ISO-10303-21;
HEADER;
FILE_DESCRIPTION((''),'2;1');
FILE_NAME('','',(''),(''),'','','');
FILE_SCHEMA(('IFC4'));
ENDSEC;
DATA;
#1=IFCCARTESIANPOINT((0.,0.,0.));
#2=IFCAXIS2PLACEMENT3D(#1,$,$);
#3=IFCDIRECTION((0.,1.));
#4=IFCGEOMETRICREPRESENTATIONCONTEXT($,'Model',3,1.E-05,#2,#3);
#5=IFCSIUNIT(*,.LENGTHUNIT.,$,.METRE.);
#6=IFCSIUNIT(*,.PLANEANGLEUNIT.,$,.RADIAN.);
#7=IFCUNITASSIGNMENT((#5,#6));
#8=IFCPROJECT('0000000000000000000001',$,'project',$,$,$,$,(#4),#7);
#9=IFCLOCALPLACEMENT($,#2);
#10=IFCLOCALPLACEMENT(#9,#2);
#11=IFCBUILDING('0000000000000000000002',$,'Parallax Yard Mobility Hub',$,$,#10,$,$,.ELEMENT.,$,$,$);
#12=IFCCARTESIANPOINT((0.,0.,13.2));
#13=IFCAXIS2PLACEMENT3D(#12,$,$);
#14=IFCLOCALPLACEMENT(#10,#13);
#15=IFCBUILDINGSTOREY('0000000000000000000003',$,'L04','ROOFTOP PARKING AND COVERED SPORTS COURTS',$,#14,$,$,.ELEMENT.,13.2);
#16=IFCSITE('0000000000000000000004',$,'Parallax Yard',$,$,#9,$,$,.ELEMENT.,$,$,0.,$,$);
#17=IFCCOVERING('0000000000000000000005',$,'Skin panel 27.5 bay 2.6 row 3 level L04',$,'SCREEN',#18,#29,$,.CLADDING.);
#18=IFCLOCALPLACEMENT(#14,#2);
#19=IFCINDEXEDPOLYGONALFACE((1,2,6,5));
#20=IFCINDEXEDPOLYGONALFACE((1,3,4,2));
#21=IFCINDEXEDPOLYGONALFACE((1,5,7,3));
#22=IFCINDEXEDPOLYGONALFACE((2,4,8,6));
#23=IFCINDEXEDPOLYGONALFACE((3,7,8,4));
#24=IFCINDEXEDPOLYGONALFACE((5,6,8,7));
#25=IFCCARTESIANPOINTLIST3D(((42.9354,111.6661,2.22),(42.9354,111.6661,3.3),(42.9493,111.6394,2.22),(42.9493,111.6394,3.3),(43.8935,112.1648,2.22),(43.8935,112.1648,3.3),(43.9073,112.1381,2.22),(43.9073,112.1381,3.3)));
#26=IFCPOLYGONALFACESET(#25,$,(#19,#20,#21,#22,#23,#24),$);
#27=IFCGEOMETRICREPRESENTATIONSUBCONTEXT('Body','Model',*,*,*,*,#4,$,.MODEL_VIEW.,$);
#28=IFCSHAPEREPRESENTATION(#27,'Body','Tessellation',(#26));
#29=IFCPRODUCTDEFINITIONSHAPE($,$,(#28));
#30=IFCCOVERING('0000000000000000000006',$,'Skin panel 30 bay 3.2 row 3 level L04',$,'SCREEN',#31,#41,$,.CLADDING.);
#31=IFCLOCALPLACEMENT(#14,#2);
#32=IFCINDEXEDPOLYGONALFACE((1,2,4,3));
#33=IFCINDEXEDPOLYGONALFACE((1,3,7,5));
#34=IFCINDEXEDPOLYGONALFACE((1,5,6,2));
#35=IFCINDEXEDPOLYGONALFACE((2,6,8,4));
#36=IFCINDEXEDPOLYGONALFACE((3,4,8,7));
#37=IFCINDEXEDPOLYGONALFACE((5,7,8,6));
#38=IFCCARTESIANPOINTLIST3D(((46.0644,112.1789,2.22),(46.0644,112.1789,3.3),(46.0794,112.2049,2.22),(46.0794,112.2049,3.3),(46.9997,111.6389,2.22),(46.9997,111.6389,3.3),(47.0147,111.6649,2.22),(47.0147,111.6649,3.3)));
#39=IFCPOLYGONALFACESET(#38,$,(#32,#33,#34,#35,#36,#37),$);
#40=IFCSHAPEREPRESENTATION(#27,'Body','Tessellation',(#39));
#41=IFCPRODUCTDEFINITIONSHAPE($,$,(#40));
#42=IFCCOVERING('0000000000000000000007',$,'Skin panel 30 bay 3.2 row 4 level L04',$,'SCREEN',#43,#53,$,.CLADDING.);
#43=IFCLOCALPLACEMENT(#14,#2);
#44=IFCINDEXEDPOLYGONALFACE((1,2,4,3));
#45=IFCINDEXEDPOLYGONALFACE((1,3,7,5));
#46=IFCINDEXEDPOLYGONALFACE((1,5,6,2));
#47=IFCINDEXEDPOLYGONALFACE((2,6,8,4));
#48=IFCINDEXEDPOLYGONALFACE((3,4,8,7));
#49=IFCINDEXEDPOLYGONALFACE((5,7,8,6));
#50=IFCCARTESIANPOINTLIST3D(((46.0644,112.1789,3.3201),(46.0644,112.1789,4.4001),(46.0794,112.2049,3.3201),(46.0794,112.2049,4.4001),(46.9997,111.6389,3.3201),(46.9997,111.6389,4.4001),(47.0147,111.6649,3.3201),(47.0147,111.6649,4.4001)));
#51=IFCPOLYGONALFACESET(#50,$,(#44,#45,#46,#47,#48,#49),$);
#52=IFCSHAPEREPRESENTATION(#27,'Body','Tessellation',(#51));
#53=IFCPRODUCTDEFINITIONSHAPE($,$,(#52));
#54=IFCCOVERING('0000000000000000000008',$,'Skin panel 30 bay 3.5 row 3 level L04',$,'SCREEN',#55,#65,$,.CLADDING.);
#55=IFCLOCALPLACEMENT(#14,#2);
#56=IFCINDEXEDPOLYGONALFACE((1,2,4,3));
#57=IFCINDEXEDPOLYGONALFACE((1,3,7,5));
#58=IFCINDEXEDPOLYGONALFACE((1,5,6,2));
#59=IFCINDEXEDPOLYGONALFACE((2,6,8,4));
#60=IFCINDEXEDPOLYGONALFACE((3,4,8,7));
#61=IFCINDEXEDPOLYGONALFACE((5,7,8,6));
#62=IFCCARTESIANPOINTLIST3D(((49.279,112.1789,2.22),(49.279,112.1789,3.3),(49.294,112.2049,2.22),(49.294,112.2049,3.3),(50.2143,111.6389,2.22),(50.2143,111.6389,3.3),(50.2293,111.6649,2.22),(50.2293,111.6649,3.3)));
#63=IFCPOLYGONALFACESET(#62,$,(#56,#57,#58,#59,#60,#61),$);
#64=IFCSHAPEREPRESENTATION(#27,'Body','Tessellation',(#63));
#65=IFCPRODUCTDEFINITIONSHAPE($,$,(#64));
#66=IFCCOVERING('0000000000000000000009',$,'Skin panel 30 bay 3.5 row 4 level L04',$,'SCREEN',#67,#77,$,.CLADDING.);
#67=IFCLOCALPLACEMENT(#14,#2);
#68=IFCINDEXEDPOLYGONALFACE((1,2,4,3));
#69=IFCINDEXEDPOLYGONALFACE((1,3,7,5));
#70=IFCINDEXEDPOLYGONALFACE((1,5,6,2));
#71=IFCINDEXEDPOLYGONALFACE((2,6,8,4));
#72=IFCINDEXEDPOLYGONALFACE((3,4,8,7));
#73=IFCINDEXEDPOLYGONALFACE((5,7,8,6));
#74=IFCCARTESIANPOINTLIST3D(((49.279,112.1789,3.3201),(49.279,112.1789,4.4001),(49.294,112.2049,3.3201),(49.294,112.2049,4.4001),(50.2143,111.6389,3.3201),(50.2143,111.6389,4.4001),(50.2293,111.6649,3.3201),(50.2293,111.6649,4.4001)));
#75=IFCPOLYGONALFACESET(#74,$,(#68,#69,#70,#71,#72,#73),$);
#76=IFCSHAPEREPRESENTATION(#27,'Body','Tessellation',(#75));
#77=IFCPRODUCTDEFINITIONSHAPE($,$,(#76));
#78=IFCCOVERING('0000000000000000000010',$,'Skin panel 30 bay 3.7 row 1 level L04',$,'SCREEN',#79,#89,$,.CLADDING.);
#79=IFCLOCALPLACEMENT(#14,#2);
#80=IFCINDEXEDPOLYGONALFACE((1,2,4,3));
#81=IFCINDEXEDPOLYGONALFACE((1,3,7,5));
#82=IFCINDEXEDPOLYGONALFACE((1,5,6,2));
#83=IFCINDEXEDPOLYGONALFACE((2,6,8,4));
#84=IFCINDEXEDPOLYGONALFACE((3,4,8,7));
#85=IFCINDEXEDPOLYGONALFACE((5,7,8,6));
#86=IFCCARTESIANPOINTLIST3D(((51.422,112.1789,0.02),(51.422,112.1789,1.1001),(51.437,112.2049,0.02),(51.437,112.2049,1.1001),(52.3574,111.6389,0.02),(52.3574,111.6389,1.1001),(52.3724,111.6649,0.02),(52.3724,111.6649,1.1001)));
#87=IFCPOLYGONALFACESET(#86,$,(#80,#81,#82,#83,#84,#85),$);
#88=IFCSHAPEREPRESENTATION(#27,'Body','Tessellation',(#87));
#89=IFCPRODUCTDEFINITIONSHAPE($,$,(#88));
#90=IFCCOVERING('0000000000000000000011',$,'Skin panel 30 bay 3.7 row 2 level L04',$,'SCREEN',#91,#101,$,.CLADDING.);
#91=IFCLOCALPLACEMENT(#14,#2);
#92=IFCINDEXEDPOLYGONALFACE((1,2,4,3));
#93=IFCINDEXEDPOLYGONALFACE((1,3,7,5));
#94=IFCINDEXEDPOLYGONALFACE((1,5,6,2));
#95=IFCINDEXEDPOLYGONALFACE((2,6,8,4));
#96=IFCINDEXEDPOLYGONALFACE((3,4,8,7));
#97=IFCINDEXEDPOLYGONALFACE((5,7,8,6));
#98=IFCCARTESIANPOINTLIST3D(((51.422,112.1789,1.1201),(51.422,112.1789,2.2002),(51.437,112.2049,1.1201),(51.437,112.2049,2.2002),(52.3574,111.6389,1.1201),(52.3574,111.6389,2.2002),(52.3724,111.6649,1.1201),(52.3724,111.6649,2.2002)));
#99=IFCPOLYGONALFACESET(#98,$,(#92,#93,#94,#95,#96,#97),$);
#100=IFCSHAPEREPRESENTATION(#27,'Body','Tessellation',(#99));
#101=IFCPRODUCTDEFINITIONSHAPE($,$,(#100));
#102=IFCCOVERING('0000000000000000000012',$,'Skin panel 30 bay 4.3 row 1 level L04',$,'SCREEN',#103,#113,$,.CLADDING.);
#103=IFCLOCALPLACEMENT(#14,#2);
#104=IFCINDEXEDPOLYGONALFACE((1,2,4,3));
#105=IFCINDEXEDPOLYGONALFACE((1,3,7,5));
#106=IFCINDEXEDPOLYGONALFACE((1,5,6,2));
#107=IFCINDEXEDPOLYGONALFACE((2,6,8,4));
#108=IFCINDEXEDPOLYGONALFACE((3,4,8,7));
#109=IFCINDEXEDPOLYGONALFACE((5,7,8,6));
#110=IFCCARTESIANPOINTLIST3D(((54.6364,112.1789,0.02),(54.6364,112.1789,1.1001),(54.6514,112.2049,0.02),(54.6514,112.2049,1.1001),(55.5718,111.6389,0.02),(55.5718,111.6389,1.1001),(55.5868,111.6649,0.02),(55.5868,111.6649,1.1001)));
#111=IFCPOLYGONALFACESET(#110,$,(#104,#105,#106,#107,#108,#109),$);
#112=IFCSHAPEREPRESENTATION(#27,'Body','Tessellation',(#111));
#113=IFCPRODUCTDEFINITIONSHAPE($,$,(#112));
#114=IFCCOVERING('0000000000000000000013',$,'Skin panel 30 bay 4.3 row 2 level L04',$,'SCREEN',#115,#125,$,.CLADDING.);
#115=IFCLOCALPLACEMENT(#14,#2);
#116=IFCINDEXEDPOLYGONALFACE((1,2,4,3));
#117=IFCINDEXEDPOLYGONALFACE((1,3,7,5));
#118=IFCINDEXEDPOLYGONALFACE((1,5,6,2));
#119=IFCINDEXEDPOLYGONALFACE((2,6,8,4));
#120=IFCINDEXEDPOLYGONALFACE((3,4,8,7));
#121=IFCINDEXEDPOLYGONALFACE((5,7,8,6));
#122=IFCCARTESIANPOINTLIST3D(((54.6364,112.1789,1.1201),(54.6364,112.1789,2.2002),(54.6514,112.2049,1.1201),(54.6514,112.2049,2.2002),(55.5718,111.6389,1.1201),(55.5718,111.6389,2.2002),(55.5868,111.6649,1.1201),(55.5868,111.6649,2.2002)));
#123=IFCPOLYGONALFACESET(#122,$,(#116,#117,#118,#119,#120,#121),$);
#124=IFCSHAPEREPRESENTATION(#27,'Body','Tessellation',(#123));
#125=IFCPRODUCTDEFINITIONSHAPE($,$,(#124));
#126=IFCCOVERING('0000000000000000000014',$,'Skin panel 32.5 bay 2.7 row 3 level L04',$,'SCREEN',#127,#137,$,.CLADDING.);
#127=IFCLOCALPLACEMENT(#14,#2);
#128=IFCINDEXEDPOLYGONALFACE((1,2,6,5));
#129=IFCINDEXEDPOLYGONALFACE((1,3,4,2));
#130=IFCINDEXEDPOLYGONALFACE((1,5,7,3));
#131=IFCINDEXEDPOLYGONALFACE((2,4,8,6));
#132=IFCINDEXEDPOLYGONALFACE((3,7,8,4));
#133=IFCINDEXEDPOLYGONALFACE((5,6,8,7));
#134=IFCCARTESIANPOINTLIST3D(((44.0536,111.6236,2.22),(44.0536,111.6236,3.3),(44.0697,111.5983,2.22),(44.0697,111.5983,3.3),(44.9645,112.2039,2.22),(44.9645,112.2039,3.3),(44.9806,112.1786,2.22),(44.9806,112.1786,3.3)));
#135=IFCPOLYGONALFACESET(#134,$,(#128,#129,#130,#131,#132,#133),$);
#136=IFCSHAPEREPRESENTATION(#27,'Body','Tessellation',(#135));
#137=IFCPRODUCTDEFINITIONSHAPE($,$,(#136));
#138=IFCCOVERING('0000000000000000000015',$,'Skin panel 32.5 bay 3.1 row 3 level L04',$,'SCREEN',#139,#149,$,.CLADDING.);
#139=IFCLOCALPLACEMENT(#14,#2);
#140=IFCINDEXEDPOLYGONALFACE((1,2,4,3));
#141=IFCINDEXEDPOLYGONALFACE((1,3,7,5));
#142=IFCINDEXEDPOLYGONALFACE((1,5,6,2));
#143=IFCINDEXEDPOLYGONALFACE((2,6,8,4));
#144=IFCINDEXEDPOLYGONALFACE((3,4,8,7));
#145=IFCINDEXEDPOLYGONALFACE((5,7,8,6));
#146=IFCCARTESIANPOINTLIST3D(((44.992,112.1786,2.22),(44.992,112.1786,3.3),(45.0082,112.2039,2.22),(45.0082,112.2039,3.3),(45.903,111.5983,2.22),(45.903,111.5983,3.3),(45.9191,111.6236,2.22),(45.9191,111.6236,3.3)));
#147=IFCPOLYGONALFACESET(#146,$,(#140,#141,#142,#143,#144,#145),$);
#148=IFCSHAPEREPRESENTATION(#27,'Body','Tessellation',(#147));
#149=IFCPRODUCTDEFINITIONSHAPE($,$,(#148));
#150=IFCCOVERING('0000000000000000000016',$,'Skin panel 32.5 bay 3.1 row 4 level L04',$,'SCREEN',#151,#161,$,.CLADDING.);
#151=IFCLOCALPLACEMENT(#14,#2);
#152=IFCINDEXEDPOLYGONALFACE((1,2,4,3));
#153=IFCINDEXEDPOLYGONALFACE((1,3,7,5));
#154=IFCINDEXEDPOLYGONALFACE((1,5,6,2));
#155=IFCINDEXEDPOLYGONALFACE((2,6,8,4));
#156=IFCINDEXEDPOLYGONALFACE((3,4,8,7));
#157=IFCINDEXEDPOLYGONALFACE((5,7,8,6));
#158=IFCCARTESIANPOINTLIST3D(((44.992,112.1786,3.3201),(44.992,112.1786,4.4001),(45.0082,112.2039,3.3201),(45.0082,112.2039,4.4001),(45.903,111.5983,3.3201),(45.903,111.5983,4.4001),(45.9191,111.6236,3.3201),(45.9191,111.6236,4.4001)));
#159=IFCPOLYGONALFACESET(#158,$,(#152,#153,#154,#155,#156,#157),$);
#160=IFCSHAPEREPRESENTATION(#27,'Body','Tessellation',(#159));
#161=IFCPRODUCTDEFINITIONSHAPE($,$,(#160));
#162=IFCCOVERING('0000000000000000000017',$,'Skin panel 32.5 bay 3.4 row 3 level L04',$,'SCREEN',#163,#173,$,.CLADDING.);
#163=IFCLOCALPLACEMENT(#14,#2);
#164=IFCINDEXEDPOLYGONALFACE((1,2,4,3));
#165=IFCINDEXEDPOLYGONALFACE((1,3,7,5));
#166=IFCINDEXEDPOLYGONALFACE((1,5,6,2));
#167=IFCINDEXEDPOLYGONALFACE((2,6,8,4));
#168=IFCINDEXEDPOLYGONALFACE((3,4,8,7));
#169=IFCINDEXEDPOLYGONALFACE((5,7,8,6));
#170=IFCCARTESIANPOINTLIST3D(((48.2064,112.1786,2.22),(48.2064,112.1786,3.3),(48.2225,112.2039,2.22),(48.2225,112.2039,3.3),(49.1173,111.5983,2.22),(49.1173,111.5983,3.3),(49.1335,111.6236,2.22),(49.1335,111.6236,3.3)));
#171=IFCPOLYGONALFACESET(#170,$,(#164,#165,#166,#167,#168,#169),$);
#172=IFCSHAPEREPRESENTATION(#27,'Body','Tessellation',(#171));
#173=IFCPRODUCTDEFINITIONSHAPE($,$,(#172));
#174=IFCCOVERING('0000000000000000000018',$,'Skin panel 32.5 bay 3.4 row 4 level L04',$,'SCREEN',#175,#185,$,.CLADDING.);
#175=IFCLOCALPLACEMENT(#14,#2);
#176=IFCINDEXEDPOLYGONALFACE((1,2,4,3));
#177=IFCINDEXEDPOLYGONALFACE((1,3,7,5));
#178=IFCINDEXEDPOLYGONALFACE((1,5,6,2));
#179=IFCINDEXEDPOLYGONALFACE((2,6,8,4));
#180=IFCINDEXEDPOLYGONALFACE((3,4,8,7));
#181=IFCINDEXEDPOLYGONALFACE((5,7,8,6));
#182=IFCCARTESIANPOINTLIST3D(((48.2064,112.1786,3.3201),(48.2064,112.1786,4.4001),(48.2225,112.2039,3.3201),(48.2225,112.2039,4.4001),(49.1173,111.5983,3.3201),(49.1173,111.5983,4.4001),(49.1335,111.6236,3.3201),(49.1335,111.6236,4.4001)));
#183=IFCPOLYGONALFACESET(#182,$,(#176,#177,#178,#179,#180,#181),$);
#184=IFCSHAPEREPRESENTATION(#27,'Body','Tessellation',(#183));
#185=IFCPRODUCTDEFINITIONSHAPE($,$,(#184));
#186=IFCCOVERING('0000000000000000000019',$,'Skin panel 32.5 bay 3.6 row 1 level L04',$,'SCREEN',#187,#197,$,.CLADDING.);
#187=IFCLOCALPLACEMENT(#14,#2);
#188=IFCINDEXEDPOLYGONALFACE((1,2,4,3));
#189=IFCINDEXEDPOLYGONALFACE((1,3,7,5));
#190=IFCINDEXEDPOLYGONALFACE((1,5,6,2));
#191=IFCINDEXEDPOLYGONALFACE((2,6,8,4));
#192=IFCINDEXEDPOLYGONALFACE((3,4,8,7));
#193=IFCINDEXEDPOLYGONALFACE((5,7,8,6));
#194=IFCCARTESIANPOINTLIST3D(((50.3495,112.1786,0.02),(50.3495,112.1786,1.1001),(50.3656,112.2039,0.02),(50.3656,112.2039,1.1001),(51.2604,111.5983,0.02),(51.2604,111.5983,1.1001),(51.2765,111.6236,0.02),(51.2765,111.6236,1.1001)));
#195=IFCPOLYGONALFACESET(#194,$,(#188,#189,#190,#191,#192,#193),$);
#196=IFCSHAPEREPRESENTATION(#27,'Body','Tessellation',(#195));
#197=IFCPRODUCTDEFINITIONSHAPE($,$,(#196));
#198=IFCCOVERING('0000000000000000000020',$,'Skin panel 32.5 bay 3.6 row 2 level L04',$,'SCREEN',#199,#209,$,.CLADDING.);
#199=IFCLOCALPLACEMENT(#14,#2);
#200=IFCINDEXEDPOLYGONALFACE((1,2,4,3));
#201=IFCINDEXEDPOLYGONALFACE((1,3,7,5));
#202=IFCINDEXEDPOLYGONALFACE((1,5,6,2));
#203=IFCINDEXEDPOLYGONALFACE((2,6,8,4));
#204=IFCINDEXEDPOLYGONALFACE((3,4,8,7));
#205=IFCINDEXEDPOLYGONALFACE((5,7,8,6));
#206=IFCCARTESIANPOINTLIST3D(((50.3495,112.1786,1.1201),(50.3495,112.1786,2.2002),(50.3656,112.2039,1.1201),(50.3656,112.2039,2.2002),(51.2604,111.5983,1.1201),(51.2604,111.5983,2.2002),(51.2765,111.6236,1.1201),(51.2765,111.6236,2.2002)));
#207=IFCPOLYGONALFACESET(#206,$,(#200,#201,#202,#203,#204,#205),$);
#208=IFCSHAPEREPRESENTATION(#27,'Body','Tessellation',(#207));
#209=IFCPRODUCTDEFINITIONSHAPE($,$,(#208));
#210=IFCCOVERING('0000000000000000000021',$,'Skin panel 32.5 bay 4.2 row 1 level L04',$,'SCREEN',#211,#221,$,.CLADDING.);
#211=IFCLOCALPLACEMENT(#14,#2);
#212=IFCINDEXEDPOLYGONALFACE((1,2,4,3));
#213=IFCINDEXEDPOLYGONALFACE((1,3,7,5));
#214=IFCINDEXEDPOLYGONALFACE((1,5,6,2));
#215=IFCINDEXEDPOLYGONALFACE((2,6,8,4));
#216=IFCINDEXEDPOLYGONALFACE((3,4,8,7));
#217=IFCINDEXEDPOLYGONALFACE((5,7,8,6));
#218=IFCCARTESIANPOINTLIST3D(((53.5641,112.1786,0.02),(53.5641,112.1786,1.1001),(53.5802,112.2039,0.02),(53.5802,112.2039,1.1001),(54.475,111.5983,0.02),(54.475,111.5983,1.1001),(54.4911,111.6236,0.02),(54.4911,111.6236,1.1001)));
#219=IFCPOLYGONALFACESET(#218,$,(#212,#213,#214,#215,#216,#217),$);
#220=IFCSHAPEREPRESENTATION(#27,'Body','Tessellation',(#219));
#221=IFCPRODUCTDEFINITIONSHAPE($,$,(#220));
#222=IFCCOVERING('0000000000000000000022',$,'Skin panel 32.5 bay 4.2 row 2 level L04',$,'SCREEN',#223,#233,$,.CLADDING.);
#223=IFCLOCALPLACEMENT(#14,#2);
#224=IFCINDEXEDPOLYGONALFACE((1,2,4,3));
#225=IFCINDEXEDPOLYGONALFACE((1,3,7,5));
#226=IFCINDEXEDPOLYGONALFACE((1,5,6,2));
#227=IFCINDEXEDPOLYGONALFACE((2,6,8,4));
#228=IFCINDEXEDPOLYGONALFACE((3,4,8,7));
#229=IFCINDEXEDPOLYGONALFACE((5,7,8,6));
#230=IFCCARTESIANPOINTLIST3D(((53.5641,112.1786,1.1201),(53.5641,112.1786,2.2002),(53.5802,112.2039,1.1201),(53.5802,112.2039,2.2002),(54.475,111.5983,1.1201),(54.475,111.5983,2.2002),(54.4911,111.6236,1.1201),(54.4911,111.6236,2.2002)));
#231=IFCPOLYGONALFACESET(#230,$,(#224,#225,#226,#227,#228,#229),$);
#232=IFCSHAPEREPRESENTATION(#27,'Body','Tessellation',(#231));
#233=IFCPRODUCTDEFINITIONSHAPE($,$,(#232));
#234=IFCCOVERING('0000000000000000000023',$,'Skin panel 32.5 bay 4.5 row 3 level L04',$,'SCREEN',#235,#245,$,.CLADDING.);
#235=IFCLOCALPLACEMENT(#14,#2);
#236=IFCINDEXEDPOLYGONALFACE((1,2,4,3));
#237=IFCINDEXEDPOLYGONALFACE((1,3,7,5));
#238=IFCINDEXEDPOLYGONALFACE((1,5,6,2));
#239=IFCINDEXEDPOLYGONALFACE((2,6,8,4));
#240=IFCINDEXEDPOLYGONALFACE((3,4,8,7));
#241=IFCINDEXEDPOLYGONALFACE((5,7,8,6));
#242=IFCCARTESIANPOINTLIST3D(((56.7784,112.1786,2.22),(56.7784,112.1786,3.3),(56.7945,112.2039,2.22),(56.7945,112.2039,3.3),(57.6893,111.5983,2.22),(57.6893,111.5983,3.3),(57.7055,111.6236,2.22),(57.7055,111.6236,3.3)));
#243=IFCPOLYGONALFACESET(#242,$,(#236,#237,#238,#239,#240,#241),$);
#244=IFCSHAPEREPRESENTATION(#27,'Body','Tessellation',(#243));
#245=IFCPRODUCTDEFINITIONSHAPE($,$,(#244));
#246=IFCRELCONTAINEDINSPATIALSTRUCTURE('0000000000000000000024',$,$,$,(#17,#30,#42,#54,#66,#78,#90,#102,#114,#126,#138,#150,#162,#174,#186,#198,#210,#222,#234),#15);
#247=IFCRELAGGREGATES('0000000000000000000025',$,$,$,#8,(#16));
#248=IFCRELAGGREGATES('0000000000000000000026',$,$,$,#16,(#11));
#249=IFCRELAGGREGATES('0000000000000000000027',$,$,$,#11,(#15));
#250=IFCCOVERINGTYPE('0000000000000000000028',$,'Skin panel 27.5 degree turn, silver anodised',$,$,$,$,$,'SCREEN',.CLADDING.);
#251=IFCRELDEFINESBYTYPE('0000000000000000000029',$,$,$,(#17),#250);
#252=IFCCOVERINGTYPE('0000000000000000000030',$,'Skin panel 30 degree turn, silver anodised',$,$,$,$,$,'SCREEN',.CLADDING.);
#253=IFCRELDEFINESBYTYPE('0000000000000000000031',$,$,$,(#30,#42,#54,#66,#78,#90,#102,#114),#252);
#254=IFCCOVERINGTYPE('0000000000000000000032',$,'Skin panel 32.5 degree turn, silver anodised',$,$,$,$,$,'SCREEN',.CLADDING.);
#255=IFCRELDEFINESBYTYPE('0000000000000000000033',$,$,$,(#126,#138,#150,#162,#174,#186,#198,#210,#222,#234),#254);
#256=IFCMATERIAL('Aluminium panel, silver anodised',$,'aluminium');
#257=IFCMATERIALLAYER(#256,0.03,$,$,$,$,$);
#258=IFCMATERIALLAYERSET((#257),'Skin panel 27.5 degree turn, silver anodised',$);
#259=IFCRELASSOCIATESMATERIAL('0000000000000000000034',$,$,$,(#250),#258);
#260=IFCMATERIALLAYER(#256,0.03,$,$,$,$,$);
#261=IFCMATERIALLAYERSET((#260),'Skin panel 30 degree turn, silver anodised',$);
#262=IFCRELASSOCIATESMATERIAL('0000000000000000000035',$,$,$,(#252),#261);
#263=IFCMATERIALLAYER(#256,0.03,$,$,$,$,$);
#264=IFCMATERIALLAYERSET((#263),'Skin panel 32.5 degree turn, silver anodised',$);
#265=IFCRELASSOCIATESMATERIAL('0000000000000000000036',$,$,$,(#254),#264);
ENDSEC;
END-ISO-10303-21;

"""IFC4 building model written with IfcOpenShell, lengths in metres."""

from ifc_helpers import new_model, si_unit, direction, frame, origin, origin_2d, place, context, subcontext, project, spatial, rectangle, extrude, material, layer, layer_set, type_object, element, save


model = new_model("IFC4")

# Units and contexts
model_context = context("Model", 3, precision=1e-05, world=origin(), true_north=direction((0.0, 1.0)))
body_context = subcontext(model_context, "Body", "Model", "MODEL_VIEW")
ifc_project = project(units=[si_unit("LENGTHUNIT", "METRE"), si_unit("PLANEANGLEUNIT", "RADIAN")], contexts=[model_context])

# Site, building, storey
site_placement = place(None, origin())
site = spatial("IfcSite", under=ifc_project, at=site_placement, Name="Parallax Yard", CompositionType="ELEMENT", RefElevation=0.0)
building_placement = place(site_placement, origin())
building = spatial("IfcBuilding", under=site, at=building_placement, Name="Parallax Yard Mobility Hub", CompositionType="ELEMENT")
storey_placement = place(building_placement, frame((0.0, 0.0, 13.2)))
storey = spatial("IfcBuildingStorey", under=building, at=storey_placement, Name="L04", Description="ROOFTOP PARKING AND COVERED SPORTS COURTS", CompositionType="ELEMENT", Elevation=13.2)

# Coverings
ifc_material_1 = material(Name="Aluminium panel, silver anodised", Category="aluminium")
ifc_layer_1 = layer(ifc_material_1, 0.03)
ifc_layer_set_1 = layer_set([ifc_layer_1], Name="Skin panel 27.5 degree turn, silver anodised")
covering_type_1 = type_object("IfcCoveringType", Name="Skin panel 27.5 degree turn, silver anodised", ElementType="SCREEN", PredefinedType="CLADDING", material=ifc_layer_set_1)
covering_1_placement = place(storey_placement, frame((43.4214, 111.9021, 2.22), z_axis=(0.0, 0.0, 1.0), x_axis=(-0.887011, -0.461749, 0.0)))
element("IfcCovering", 1, at=covering_1_placement, inside=storey, type_object=covering_type_1, Name="Skin panel 27.5 bay 2.6 row 3 level L04", ObjectType="SCREEN", PredefinedType="CLADDING", context=body_context, shape_type="SweptSolid", body=[
    extrude(rectangle(XDim=1.0801, YDim=0.03, at=origin_2d()), origin(), (0.0, 0.0, 1.0), 1.0801),
])
ifc_layer_2 = layer(ifc_material_1, 0.03)
ifc_layer_set_2 = layer_set([ifc_layer_2], Name="Skin panel 30 degree turn, silver anodised")
covering_type_2 = type_object("IfcCoveringType", Name="Skin panel 30 degree turn, silver anodised", ElementType="SCREEN", PredefinedType="CLADDING", material=ifc_layer_set_2)
for number, where, z_axis, x_axis, name in (
    (2, (46.5396, 111.9219, 2.22), (0.0, 0.0, 1.0), (0.866025, -0.5, 0.0), "Skin panel 30 bay 3.2 row 3 level L04"),
    (3, (46.5396, 111.9219, 3.3201), (0.0, 0.0, 1.0), (0.866025, -0.5, 0.0), "Skin panel 30 bay 3.2 row 4 level L04"),
    (4, (49.7542, 111.9219, 2.22), (0.0, 0.0, 1.0), (0.866025, -0.5, 0.0), "Skin panel 30 bay 3.5 row 3 level L04"),
    (5, (49.7542, 111.9219, 3.3201), (0.0, 0.0, 1.0), (0.866025, -0.5, 0.0), "Skin panel 30 bay 3.5 row 4 level L04"),
    (6, (51.8972, 111.9219, 0.02), (0.0, 0.0, 1.0), (0.866025, -0.5, 0.0), "Skin panel 30 bay 3.7 row 1 level L04"),
    (7, (51.8972, 111.9219, 1.1201), (0.0, 0.0, 1.0), (0.866025, -0.5, 0.0), "Skin panel 30 bay 3.7 row 2 level L04"),
    (8, (55.1116, 111.9219, 0.02), (0.0, 0.0, 1.0), (0.866025, -0.5, 0.0), "Skin panel 30 bay 4.3 row 1 level L04"),
    (9, (55.1116, 111.9219, 1.1201), (0.0, 0.0, 1.0), (0.866025, -0.5, 0.0), "Skin panel 30 bay 4.3 row 2 level L04"),
):
    element("IfcCovering", number, at=place(storey_placement, frame(where, z_axis=z_axis, x_axis=x_axis)), inside=storey, type_object=covering_type_2, Name=name, ObjectType="SCREEN", PredefinedType="CLADDING", context=body_context, shape_type="SweptSolid", body=[
        extrude(rectangle(XDim=1.0801, YDim=0.03, at=origin_2d()), origin(), (0.0, 0.0, 1.0), 1.0801),
    ])
ifc_layer_3 = layer(ifc_material_1, 0.03)
ifc_layer_set_3 = layer_set([ifc_layer_3], Name="Skin panel 32.5 degree turn, silver anodised")
covering_type_3 = type_object("IfcCoveringType", Name="Skin panel 32.5 degree turn, silver anodised", ElementType="SCREEN", PredefinedType="CLADDING", material=ifc_layer_set_3)
for number, where, z_axis, x_axis, name in (
    (10, (44.5171, 111.9011, 2.22), (0.0, 0.0, 1.0), (-0.843391, -0.5373, 0.0), "Skin panel 32.5 bay 2.7 row 3 level L04"),
    (11, (45.4556, 111.9011, 2.22), (0.0, 0.0, 1.0), (0.843391, -0.5373, 0.0), "Skin panel 32.5 bay 3.1 row 3 level L04"),
    (12, (45.4556, 111.9011, 3.3201), (0.0, 0.0, 1.0), (0.843391, -0.5373, 0.0), "Skin panel 32.5 bay 3.1 row 4 level L04"),
    (13, (48.6699, 111.9011, 2.22), (0.0, 0.0, 1.0), (0.843391, -0.5373, 0.0), "Skin panel 32.5 bay 3.4 row 3 level L04"),
    (14, (48.6699, 111.9011, 3.3201), (0.0, 0.0, 1.0), (0.843391, -0.5373, 0.0), "Skin panel 32.5 bay 3.4 row 4 level L04"),
    (15, (50.813, 111.9011, 0.02), (0.0, 0.0, 1.0), (0.843391, -0.5373, 0.0), "Skin panel 32.5 bay 3.6 row 1 level L04"),
    (16, (50.813, 111.9011, 1.1201), (0.0, 0.0, 1.0), (0.843391, -0.5373, 0.0), "Skin panel 32.5 bay 3.6 row 2 level L04"),
    (17, (54.0276, 111.9011, 0.02), (0.0, 0.0, 1.0), (0.843391, -0.5373, 0.0), "Skin panel 32.5 bay 4.2 row 1 level L04"),
    (18, (54.0276, 111.9011, 1.1201), (0.0, 0.0, 1.0), (0.843391, -0.5373, 0.0), "Skin panel 32.5 bay 4.2 row 2 level L04"),
    (19, (57.2419, 111.9011, 2.22), (0.0, 0.0, 1.0), (0.843391, -0.5373, 0.0), "Skin panel 32.5 bay 4.5 row 3 level L04"),
):
    element("IfcCovering", number, at=place(storey_placement, frame(where, z_axis=z_axis, x_axis=x_axis)), inside=storey, type_object=covering_type_3, Name=name, ObjectType="SCREEN", PredefinedType="CLADDING", context=body_context, shape_type="SweptSolid", body=[
        extrude(rectangle(XDim=1.0801, YDim=0.03, at=origin_2d()), origin(), (0.0, 0.0, 1.0), 1.0801),
    ])

save(model, "model.ifc")
